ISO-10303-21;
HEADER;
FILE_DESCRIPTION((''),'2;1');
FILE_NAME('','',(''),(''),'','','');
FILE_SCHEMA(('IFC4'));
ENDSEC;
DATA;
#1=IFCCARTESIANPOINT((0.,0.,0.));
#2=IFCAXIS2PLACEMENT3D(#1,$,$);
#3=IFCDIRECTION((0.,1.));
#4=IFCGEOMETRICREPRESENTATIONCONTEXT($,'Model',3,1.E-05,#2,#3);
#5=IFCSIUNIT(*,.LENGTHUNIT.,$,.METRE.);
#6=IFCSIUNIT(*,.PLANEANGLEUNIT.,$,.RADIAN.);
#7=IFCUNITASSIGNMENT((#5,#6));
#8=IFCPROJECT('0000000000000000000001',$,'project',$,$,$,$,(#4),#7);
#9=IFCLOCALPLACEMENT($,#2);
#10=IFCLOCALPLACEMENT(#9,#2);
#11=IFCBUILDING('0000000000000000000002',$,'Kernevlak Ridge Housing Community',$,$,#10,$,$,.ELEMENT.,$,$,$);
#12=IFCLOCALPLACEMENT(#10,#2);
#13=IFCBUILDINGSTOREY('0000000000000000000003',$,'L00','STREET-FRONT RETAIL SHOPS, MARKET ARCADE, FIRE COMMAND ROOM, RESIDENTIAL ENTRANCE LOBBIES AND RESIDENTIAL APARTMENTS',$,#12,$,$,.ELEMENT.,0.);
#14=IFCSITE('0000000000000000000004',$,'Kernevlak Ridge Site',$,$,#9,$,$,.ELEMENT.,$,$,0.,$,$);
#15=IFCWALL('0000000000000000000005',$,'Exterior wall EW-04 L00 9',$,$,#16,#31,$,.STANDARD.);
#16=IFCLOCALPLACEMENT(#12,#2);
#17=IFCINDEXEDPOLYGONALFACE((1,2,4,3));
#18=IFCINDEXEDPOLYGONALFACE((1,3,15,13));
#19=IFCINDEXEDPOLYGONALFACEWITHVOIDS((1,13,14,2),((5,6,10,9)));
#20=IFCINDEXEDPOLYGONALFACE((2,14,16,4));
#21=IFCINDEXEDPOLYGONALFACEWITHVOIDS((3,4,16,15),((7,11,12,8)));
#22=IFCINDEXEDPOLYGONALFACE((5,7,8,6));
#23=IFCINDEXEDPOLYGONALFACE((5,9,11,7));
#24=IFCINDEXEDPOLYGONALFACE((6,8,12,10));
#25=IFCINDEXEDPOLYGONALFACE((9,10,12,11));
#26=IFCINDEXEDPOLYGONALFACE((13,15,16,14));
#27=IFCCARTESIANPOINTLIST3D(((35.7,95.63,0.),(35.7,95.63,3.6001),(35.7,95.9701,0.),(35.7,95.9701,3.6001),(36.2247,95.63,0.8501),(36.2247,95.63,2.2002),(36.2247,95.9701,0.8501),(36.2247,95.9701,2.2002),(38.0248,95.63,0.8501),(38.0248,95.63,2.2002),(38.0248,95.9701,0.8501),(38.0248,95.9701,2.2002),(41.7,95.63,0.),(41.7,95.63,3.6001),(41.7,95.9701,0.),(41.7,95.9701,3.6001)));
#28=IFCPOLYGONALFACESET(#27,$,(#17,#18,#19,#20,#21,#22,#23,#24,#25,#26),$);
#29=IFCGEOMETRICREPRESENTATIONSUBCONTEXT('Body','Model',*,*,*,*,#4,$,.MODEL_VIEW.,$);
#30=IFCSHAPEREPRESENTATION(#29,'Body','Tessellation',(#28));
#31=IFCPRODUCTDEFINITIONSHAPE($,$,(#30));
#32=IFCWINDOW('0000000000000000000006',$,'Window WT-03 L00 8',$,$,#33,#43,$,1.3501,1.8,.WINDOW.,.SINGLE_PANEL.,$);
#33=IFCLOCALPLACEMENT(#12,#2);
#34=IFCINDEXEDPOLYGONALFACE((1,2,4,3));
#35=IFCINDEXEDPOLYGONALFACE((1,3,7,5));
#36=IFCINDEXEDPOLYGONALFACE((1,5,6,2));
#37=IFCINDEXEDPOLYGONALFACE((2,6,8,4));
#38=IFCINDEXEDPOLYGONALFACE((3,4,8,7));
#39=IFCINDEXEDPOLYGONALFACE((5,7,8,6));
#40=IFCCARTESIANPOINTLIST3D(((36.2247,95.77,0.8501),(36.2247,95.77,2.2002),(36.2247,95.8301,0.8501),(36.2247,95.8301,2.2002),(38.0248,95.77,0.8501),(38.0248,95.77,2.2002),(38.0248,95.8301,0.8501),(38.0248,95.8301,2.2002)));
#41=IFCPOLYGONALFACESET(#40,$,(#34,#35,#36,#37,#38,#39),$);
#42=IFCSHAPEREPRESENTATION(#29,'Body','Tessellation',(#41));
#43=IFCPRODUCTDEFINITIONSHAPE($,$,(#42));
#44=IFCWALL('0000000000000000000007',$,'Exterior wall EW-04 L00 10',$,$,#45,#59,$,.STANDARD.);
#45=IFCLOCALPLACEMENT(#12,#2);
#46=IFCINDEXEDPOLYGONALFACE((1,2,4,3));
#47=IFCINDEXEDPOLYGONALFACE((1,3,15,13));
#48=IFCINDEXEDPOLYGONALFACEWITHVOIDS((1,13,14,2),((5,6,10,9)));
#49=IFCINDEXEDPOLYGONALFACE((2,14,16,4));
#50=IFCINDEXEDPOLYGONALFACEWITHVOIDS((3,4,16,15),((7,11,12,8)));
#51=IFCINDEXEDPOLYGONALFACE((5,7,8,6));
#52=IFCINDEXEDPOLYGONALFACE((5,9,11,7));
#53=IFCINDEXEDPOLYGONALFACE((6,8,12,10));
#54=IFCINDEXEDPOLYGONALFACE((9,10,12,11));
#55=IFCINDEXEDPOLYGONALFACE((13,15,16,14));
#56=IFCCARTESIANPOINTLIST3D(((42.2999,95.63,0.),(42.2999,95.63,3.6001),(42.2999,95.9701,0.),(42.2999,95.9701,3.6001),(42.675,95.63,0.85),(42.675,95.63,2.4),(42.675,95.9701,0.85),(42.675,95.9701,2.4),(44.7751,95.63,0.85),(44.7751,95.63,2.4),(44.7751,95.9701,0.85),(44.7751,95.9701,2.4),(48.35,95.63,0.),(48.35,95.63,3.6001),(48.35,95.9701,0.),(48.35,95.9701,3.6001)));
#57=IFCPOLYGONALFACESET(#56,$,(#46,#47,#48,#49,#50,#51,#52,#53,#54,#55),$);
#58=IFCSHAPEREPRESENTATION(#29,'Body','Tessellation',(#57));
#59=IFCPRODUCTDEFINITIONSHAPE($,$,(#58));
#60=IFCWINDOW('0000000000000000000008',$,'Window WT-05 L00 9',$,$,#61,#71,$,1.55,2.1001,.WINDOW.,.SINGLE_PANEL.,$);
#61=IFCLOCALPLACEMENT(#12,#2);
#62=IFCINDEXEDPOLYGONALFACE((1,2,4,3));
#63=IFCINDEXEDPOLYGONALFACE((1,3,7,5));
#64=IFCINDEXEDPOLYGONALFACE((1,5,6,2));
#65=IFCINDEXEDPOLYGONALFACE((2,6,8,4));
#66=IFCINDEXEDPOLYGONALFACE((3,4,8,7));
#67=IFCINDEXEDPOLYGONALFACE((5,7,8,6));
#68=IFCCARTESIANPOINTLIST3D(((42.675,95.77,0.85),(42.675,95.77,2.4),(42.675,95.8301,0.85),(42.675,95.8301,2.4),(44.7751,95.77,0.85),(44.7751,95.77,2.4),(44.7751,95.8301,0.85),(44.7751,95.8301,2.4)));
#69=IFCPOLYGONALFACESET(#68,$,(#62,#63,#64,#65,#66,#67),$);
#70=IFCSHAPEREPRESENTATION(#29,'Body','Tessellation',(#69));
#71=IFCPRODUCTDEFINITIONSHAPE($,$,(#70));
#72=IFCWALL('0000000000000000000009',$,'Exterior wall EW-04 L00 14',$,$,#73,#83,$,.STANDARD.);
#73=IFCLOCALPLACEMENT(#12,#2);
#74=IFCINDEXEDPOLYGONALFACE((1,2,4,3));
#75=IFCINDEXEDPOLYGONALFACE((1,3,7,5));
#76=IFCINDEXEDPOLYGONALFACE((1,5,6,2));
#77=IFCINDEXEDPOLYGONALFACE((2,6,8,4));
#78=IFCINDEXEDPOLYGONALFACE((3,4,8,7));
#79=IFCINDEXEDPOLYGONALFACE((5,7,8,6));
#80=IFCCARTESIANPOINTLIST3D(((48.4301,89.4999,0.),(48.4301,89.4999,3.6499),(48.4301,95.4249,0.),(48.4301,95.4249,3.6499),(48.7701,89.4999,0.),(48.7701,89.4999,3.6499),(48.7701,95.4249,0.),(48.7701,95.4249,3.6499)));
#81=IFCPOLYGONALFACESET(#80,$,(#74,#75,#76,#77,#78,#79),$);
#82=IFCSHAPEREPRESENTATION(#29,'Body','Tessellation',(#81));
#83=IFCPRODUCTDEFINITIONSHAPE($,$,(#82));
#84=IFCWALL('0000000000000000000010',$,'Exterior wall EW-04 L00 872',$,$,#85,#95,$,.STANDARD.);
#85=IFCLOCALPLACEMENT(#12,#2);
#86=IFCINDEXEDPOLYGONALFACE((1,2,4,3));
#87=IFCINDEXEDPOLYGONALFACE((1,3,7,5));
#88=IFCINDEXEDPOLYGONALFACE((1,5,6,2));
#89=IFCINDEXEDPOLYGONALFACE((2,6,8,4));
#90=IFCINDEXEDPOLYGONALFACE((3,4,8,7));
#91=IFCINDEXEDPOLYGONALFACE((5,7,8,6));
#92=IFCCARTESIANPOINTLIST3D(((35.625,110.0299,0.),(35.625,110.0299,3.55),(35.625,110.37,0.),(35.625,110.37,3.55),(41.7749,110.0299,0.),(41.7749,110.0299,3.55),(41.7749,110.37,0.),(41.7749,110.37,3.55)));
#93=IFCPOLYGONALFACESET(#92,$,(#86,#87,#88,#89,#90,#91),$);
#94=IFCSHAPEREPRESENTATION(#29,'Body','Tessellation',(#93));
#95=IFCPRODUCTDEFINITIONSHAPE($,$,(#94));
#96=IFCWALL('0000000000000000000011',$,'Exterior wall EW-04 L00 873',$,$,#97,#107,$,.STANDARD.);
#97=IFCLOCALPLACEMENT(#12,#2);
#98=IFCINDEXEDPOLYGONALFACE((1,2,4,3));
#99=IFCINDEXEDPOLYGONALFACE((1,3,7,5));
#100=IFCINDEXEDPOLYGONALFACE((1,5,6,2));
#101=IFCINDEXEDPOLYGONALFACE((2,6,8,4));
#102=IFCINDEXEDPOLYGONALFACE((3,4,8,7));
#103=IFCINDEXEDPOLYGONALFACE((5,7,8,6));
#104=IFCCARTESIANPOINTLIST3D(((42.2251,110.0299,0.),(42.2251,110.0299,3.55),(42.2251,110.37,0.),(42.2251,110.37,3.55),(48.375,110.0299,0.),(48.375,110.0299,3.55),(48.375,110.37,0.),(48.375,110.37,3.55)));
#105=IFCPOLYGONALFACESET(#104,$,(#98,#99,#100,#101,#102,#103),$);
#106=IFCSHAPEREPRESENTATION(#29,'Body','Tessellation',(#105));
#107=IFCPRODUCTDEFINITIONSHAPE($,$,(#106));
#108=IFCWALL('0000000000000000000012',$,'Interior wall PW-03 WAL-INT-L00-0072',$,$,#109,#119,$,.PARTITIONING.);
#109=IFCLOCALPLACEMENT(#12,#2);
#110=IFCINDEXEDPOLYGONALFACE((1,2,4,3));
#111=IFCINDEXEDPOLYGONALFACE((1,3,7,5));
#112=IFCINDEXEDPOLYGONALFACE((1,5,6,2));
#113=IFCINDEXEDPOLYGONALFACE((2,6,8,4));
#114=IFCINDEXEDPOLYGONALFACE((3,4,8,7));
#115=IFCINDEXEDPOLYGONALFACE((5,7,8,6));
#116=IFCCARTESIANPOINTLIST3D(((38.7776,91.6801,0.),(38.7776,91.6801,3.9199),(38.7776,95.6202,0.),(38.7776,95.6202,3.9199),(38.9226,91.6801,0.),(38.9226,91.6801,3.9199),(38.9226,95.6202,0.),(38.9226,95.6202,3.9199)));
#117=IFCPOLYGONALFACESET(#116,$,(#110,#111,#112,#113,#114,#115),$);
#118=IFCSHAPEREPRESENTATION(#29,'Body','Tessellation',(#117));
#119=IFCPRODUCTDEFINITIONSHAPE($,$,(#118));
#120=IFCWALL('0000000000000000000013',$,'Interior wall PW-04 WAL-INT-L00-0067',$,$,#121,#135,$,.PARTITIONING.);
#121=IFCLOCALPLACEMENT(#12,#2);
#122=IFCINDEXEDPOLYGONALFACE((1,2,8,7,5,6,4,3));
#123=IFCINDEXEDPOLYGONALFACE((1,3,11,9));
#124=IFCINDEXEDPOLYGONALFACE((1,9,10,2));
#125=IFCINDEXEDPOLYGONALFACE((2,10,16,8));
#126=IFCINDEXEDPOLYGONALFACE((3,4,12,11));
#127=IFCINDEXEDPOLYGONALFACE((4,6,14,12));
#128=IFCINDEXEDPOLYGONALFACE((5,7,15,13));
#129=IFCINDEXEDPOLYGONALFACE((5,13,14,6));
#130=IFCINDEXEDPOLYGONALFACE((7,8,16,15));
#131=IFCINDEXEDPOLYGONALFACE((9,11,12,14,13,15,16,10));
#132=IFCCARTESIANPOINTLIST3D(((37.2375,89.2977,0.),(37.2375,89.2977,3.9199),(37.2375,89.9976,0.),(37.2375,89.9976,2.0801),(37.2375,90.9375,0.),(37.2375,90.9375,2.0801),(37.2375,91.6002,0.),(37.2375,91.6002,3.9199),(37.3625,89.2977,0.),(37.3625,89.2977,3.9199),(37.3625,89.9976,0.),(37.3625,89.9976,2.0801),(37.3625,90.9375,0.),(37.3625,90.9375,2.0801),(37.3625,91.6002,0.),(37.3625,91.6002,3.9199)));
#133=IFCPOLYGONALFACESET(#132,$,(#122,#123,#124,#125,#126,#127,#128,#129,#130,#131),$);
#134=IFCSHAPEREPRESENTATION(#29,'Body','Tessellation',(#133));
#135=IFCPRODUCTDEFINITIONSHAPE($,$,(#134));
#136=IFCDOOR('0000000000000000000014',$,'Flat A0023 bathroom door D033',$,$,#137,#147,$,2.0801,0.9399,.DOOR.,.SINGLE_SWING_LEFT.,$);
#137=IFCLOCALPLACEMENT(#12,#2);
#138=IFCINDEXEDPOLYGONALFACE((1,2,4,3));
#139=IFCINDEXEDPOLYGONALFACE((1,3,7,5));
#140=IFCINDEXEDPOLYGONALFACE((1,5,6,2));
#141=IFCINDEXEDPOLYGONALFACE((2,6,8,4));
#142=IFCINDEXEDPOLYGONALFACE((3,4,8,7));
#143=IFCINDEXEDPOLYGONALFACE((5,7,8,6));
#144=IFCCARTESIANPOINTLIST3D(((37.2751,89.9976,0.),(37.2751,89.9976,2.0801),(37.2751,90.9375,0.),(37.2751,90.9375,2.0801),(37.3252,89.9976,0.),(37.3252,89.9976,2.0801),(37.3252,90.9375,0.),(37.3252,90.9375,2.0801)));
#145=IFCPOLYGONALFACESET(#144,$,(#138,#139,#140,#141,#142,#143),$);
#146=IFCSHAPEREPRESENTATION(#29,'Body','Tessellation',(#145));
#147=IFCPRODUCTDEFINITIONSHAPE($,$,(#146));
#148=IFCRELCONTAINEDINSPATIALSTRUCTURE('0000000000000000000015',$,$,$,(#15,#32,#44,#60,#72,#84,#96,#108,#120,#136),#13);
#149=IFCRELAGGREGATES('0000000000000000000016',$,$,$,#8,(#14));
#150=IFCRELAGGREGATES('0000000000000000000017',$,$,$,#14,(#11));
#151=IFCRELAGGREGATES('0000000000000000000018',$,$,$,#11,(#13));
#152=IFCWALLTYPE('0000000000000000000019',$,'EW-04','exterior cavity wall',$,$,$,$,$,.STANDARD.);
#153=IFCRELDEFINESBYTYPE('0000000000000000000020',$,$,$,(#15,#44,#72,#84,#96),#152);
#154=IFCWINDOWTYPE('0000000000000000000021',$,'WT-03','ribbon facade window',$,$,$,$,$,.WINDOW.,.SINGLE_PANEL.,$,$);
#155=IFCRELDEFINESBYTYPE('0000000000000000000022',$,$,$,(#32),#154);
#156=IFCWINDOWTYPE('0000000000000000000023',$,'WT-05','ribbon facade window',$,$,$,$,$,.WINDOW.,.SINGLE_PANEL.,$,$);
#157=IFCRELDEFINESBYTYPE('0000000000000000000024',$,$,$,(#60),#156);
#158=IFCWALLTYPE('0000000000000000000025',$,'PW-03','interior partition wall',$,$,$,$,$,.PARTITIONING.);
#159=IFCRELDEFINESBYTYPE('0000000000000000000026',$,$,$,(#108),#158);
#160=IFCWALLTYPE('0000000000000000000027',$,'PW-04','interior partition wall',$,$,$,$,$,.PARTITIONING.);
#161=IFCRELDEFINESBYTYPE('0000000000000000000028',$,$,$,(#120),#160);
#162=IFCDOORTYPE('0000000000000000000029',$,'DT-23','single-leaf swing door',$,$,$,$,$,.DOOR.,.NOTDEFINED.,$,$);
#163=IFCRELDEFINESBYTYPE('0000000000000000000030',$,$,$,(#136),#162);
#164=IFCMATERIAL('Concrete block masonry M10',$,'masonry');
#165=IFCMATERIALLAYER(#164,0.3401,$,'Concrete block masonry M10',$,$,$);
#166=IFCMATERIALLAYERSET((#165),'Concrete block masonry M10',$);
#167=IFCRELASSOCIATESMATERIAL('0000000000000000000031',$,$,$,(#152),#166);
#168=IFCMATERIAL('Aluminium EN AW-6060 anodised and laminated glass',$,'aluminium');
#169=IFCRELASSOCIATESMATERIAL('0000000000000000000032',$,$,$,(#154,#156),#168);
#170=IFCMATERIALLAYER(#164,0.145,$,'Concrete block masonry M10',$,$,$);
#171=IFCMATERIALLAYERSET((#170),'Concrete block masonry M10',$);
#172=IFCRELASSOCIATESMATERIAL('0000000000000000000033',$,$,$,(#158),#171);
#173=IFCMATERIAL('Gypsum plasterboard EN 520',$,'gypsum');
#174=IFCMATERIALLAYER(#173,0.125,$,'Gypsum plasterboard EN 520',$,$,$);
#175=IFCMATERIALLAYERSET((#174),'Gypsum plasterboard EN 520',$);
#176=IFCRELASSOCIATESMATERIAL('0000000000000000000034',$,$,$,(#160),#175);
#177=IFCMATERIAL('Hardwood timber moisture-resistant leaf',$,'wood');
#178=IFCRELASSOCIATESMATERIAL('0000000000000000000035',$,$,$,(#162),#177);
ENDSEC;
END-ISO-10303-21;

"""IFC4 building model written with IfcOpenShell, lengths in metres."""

from ifc_helpers import new_model, si_unit, direction, frame, frame_2d, origin, place, context, subcontext, project, spatial, rectangle, extrude, material, layer, layer_set, type_object, element, fill, save


model = new_model("IFC4")

# Units and contexts
model_context = context("Model", 3, precision=1e-05, world=origin(), true_north=direction((0.0, 1.0)))
body_context = subcontext(model_context, "Body", "Model", "MODEL_VIEW")
ifc_project = project(units=[si_unit("LENGTHUNIT", "METRE"), si_unit("PLANEANGLEUNIT", "RADIAN")], contexts=[model_context])

# Site, building, storey
site_placement = place(None, origin())
site = spatial("IfcSite", under=ifc_project, at=site_placement, Name="Kernevlak Ridge Site", CompositionType="ELEMENT", RefElevation=0.0)
building_placement = place(site_placement, origin())
building = spatial("IfcBuilding", under=site, at=building_placement, Name="Kernevlak Ridge Housing Community", CompositionType="ELEMENT")
storey_placement = place(building_placement, origin())
storey = spatial("IfcBuildingStorey", under=building, at=storey_placement, Name="L00", Description="STREET-FRONT RETAIL SHOPS, MARKET ARCADE, FIRE COMMAND ROOM, RESIDENTIAL ENTRANCE LOBBIES AND RESIDENTIAL APARTMENTS", CompositionType="ELEMENT", Elevation=0.0)

# Walls, openings, windows
ifc_material_1 = material(Name="Concrete block masonry M10", Category="masonry")
ifc_layer_1 = layer(ifc_material_1, 0.3401, Name="Concrete block masonry M10")
ifc_layer_set_1 = layer_set([ifc_layer_1], Name="Concrete block masonry M10")
wall_type_1 = type_object("IfcWallType", Name="EW-04", Description="exterior cavity wall", PredefinedType="STANDARD", material=ifc_layer_set_1)
wall_1_placement = place(storey_placement, frame((35.7, 95.8, 0.0), z_axis=(0.0, 0.0, 1.0), x_axis=(1.0, 0.0, 0.0)))
wall_1 = element("IfcWall", 1, at=wall_1_placement, inside=storey, type_object=wall_type_1, Name="Exterior wall EW-04 L00 9", PredefinedType="STANDARD", context=body_context, shape_type="SweptSolid", body=[
    extrude(rectangle(XDim=6.0, YDim=0.3401, at=frame_2d((3.0, 0.0))), origin(), (0.0, 0.0, 1.0), 3.6001),
])
opening_1_placement = place(wall_1_placement, frame((0.5249, 0.0, 0.8501)))
opening_1 = element("IfcOpeningElement", 2, at=opening_1_placement, cuts=wall_1, PredefinedType="OPENING", context=body_context, shape_type="SweptSolid", body=[
    extrude(rectangle(XDim=1.8, YDim=1.3501, at=frame_2d((0.8999, 0.675))), frame((0.0, 0.1799, 0.0), z_axis=(0.0, -1.0, 0.0), x_axis=(1.0, 0.0, 0.0)), (0.0, 0.0, 1.0), 0.3601),
])
ifc_material_2 = material(Name="Aluminium EN AW-6060 anodised and laminated glass", Category="aluminium")
window_type_1 = type_object("IfcWindowType", Name="WT-03", Description="ribbon facade window", PartitioningType="SINGLE_PANEL", PredefinedType="WINDOW", material=ifc_material_2)
window_1_placement = place(opening_1_placement, origin())
window_1 = element("IfcWindow", 3, at=window_1_placement, inside=storey, type_object=window_type_1, Name="Window WT-03 L00 8", OverallHeight=1.3501, OverallWidth=1.8, PartitioningType="SINGLE_PANEL", PredefinedType="WINDOW", context=body_context, shape_type="SweptSolid", body=[
    extrude(rectangle(XDim=1.8, YDim=1.3501, at=frame_2d((0.8999, 0.675))), frame((0.0, 0.03, 0.0), z_axis=(0.0, -1.0, 0.0), x_axis=(1.0, 0.0, 0.0)), (0.0, 0.0, 1.0), 0.0601),
])
fill(opening_1, window_1)
wall_2_placement = place(storey_placement, frame((42.3, 95.8, 0.0), z_axis=(0.0, 0.0, 1.0), x_axis=(1.0, 0.0, 0.0)))
wall_2 = element("IfcWall", 4, at=wall_2_placement, inside=storey, type_object=wall_type_1, Name="Exterior wall EW-04 L00 10", PredefinedType="STANDARD", context=body_context, shape_type="SweptSolid", body=[
    extrude(rectangle(XDim=6.05, YDim=0.3401, at=frame_2d((3.0249, 0.0))), origin(), (0.0, 0.0, 1.0), 3.6001),
])
opening_2_placement = place(wall_2_placement, frame((0.375, 0.0, 0.8501)))
opening_2 = element("IfcOpeningElement", 5, at=opening_2_placement, cuts=wall_2, PredefinedType="OPENING", context=body_context, shape_type="SweptSolid", body=[
    extrude(rectangle(XDim=2.1001, YDim=1.55, at=frame_2d((1.05, 0.7749))), frame((0.0, 0.1799, 0.0), z_axis=(0.0, -1.0, 0.0), x_axis=(1.0, 0.0, 0.0)), (0.0, 0.0, 1.0), 0.3601),
])
window_type_2 = type_object("IfcWindowType", Name="WT-05", Description="ribbon facade window", PartitioningType="SINGLE_PANEL", PredefinedType="WINDOW", material=ifc_material_2)
window_2_placement = place(opening_2_placement, origin())
window_2 = element("IfcWindow", 6, at=window_2_placement, inside=storey, type_object=window_type_2, Name="Window WT-05 L00 9", OverallHeight=1.55, OverallWidth=2.1001, PartitioningType="SINGLE_PANEL", PredefinedType="WINDOW", context=body_context, shape_type="SweptSolid", body=[
    extrude(rectangle(XDim=2.1001, YDim=1.55, at=frame_2d((1.05, 0.7749))), frame((0.0, 0.03, 0.0), z_axis=(0.0, -1.0, 0.0), x_axis=(1.0, 0.0, 0.0)), (0.0, 0.0, 1.0), 0.0601),
])
fill(opening_2, window_2)

# Walls
wall_3_placement = place(storey_placement, frame((48.6001, 89.5, 0.0), z_axis=(0.0, 0.0, 1.0), x_axis=(0.0, 1.0, 0.0)))
element("IfcWall", 7, at=wall_3_placement, inside=storey, type_object=wall_type_1, Name="Exterior wall EW-04 L00 14", PredefinedType="STANDARD", context=body_context, shape_type="SweptSolid", body=[
    extrude(rectangle(XDim=5.925, YDim=0.3401, at=frame_2d((2.9624, 0.0))), origin(), (0.0, 0.0, 1.0), 3.6499),
])
for number, where, z_axis, x_axis, name in (
    (8, (35.625, 110.2, 0.0), (0.0, 0.0, 1.0), (1.0, 0.0, 0.0), "Exterior wall EW-04 L00 872"),
    (9, (42.2251, 110.2, 0.0), (0.0, 0.0, 1.0), (1.0, 0.0, 0.0), "Exterior wall EW-04 L00 873"),
):
    element("IfcWall", number, at=place(storey_placement, frame(where, z_axis=z_axis, x_axis=x_axis)), inside=storey, type_object=wall_type_1, Name=name, PredefinedType="STANDARD", context=body_context, shape_type="SweptSolid", body=[
        extrude(rectangle(XDim=6.1499, YDim=0.3401, at=frame_2d((3.075, 0.0))), origin(), (0.0, 0.0, 1.0), 3.55),
    ])
ifc_layer_2 = layer(ifc_material_1, 0.145, Name="Concrete block masonry M10")
ifc_layer_set_2 = layer_set([ifc_layer_2], Name="Concrete block masonry M10")
wall_type_2 = type_object("IfcWallType", Name="PW-03", Description="interior partition wall", PredefinedType="PARTITIONING", material=ifc_layer_set_2)
wall_4_placement = place(storey_placement, frame((38.8501, 91.6799, 0.0), z_axis=(0.0, 0.0, 1.0), x_axis=(0.0, 1.0, 0.0)))
element("IfcWall", 10, at=wall_4_placement, inside=storey, type_object=wall_type_2, Name="Interior wall PW-03 WAL-INT-L00-0072", PredefinedType="PARTITIONING", context=body_context, shape_type="SweptSolid", body=[
    extrude(rectangle(XDim=3.9402, YDim=0.145, at=frame_2d((1.9702, 0.0))), origin(), (0.0, 0.0, 1.0), 3.9199),
])

# Wall, opening, door
ifc_material_3 = material(Name="Gypsum plasterboard EN 520", Category="gypsum")
ifc_layer_3 = layer(ifc_material_3, 0.125, Name="Gypsum plasterboard EN 520")
ifc_layer_set_3 = layer_set([ifc_layer_3], Name="Gypsum plasterboard EN 520")
wall_type_3 = type_object("IfcWallType", Name="PW-04", Description="interior partition wall", PredefinedType="PARTITIONING", material=ifc_layer_set_3)
wall_5_placement = place(storey_placement, frame((37.3, 89.2976, 0.0), z_axis=(0.0, 0.0, 1.0), x_axis=(0.0, 1.0, 0.0)))
wall_5 = element("IfcWall", 11, at=wall_5_placement, inside=storey, type_object=wall_type_3, Name="Interior wall PW-04 WAL-INT-L00-0067", PredefinedType="PARTITIONING", context=body_context, shape_type="SweptSolid", body=[
    extrude(rectangle(XDim=2.3025, YDim=0.125, at=frame_2d((1.1514, 0.0))), origin(), (0.0, 0.0, 1.0), 3.9199),
])
opening_3_placement = place(wall_5_placement, frame((0.7, 0.0, 0.0)))
opening_3 = element("IfcOpeningElement", 12, at=opening_3_placement, cuts=wall_5, PredefinedType="OPENING", context=body_context, shape_type="SweptSolid", body=[
    extrude(rectangle(XDim=0.9399, YDim=2.0801, at=frame_2d((0.47, 1.04))), frame((0.0, 0.0725, 0.0), z_axis=(0.0, -1.0, 0.0), x_axis=(1.0, 0.0, 0.0)), (0.0, 0.0, 1.0), 0.145),
])
ifc_material_4 = material(Name="Hardwood timber moisture-resistant leaf", Category="wood")
door_type_1 = type_object("IfcDoorType", Name="DT-23", Description="single-leaf swing door", OperationType="NOTDEFINED", PredefinedType="DOOR", material=ifc_material_4)
door_1_placement = place(opening_3_placement, origin())
door_1 = element("IfcDoor", 13, at=door_1_placement, inside=storey, type_object=door_type_1, Name="Flat A0023 bathroom door D033", OperationType="SINGLE_SWING_LEFT", OverallHeight=2.0801, OverallWidth=0.9399, PredefinedType="DOOR", context=body_context, shape_type="SweptSolid", body=[
    extrude(rectangle(XDim=0.9399, YDim=2.0801, at=frame_2d((0.47, 1.04))), frame((0.0, 0.0249, 0.0), z_axis=(0.0, -1.0, 0.0), x_axis=(1.0, 0.0, 0.0)), (0.0, 0.0, 1.0), 0.05),
])
fill(opening_3, door_1)

save(model, "model.ifc")
